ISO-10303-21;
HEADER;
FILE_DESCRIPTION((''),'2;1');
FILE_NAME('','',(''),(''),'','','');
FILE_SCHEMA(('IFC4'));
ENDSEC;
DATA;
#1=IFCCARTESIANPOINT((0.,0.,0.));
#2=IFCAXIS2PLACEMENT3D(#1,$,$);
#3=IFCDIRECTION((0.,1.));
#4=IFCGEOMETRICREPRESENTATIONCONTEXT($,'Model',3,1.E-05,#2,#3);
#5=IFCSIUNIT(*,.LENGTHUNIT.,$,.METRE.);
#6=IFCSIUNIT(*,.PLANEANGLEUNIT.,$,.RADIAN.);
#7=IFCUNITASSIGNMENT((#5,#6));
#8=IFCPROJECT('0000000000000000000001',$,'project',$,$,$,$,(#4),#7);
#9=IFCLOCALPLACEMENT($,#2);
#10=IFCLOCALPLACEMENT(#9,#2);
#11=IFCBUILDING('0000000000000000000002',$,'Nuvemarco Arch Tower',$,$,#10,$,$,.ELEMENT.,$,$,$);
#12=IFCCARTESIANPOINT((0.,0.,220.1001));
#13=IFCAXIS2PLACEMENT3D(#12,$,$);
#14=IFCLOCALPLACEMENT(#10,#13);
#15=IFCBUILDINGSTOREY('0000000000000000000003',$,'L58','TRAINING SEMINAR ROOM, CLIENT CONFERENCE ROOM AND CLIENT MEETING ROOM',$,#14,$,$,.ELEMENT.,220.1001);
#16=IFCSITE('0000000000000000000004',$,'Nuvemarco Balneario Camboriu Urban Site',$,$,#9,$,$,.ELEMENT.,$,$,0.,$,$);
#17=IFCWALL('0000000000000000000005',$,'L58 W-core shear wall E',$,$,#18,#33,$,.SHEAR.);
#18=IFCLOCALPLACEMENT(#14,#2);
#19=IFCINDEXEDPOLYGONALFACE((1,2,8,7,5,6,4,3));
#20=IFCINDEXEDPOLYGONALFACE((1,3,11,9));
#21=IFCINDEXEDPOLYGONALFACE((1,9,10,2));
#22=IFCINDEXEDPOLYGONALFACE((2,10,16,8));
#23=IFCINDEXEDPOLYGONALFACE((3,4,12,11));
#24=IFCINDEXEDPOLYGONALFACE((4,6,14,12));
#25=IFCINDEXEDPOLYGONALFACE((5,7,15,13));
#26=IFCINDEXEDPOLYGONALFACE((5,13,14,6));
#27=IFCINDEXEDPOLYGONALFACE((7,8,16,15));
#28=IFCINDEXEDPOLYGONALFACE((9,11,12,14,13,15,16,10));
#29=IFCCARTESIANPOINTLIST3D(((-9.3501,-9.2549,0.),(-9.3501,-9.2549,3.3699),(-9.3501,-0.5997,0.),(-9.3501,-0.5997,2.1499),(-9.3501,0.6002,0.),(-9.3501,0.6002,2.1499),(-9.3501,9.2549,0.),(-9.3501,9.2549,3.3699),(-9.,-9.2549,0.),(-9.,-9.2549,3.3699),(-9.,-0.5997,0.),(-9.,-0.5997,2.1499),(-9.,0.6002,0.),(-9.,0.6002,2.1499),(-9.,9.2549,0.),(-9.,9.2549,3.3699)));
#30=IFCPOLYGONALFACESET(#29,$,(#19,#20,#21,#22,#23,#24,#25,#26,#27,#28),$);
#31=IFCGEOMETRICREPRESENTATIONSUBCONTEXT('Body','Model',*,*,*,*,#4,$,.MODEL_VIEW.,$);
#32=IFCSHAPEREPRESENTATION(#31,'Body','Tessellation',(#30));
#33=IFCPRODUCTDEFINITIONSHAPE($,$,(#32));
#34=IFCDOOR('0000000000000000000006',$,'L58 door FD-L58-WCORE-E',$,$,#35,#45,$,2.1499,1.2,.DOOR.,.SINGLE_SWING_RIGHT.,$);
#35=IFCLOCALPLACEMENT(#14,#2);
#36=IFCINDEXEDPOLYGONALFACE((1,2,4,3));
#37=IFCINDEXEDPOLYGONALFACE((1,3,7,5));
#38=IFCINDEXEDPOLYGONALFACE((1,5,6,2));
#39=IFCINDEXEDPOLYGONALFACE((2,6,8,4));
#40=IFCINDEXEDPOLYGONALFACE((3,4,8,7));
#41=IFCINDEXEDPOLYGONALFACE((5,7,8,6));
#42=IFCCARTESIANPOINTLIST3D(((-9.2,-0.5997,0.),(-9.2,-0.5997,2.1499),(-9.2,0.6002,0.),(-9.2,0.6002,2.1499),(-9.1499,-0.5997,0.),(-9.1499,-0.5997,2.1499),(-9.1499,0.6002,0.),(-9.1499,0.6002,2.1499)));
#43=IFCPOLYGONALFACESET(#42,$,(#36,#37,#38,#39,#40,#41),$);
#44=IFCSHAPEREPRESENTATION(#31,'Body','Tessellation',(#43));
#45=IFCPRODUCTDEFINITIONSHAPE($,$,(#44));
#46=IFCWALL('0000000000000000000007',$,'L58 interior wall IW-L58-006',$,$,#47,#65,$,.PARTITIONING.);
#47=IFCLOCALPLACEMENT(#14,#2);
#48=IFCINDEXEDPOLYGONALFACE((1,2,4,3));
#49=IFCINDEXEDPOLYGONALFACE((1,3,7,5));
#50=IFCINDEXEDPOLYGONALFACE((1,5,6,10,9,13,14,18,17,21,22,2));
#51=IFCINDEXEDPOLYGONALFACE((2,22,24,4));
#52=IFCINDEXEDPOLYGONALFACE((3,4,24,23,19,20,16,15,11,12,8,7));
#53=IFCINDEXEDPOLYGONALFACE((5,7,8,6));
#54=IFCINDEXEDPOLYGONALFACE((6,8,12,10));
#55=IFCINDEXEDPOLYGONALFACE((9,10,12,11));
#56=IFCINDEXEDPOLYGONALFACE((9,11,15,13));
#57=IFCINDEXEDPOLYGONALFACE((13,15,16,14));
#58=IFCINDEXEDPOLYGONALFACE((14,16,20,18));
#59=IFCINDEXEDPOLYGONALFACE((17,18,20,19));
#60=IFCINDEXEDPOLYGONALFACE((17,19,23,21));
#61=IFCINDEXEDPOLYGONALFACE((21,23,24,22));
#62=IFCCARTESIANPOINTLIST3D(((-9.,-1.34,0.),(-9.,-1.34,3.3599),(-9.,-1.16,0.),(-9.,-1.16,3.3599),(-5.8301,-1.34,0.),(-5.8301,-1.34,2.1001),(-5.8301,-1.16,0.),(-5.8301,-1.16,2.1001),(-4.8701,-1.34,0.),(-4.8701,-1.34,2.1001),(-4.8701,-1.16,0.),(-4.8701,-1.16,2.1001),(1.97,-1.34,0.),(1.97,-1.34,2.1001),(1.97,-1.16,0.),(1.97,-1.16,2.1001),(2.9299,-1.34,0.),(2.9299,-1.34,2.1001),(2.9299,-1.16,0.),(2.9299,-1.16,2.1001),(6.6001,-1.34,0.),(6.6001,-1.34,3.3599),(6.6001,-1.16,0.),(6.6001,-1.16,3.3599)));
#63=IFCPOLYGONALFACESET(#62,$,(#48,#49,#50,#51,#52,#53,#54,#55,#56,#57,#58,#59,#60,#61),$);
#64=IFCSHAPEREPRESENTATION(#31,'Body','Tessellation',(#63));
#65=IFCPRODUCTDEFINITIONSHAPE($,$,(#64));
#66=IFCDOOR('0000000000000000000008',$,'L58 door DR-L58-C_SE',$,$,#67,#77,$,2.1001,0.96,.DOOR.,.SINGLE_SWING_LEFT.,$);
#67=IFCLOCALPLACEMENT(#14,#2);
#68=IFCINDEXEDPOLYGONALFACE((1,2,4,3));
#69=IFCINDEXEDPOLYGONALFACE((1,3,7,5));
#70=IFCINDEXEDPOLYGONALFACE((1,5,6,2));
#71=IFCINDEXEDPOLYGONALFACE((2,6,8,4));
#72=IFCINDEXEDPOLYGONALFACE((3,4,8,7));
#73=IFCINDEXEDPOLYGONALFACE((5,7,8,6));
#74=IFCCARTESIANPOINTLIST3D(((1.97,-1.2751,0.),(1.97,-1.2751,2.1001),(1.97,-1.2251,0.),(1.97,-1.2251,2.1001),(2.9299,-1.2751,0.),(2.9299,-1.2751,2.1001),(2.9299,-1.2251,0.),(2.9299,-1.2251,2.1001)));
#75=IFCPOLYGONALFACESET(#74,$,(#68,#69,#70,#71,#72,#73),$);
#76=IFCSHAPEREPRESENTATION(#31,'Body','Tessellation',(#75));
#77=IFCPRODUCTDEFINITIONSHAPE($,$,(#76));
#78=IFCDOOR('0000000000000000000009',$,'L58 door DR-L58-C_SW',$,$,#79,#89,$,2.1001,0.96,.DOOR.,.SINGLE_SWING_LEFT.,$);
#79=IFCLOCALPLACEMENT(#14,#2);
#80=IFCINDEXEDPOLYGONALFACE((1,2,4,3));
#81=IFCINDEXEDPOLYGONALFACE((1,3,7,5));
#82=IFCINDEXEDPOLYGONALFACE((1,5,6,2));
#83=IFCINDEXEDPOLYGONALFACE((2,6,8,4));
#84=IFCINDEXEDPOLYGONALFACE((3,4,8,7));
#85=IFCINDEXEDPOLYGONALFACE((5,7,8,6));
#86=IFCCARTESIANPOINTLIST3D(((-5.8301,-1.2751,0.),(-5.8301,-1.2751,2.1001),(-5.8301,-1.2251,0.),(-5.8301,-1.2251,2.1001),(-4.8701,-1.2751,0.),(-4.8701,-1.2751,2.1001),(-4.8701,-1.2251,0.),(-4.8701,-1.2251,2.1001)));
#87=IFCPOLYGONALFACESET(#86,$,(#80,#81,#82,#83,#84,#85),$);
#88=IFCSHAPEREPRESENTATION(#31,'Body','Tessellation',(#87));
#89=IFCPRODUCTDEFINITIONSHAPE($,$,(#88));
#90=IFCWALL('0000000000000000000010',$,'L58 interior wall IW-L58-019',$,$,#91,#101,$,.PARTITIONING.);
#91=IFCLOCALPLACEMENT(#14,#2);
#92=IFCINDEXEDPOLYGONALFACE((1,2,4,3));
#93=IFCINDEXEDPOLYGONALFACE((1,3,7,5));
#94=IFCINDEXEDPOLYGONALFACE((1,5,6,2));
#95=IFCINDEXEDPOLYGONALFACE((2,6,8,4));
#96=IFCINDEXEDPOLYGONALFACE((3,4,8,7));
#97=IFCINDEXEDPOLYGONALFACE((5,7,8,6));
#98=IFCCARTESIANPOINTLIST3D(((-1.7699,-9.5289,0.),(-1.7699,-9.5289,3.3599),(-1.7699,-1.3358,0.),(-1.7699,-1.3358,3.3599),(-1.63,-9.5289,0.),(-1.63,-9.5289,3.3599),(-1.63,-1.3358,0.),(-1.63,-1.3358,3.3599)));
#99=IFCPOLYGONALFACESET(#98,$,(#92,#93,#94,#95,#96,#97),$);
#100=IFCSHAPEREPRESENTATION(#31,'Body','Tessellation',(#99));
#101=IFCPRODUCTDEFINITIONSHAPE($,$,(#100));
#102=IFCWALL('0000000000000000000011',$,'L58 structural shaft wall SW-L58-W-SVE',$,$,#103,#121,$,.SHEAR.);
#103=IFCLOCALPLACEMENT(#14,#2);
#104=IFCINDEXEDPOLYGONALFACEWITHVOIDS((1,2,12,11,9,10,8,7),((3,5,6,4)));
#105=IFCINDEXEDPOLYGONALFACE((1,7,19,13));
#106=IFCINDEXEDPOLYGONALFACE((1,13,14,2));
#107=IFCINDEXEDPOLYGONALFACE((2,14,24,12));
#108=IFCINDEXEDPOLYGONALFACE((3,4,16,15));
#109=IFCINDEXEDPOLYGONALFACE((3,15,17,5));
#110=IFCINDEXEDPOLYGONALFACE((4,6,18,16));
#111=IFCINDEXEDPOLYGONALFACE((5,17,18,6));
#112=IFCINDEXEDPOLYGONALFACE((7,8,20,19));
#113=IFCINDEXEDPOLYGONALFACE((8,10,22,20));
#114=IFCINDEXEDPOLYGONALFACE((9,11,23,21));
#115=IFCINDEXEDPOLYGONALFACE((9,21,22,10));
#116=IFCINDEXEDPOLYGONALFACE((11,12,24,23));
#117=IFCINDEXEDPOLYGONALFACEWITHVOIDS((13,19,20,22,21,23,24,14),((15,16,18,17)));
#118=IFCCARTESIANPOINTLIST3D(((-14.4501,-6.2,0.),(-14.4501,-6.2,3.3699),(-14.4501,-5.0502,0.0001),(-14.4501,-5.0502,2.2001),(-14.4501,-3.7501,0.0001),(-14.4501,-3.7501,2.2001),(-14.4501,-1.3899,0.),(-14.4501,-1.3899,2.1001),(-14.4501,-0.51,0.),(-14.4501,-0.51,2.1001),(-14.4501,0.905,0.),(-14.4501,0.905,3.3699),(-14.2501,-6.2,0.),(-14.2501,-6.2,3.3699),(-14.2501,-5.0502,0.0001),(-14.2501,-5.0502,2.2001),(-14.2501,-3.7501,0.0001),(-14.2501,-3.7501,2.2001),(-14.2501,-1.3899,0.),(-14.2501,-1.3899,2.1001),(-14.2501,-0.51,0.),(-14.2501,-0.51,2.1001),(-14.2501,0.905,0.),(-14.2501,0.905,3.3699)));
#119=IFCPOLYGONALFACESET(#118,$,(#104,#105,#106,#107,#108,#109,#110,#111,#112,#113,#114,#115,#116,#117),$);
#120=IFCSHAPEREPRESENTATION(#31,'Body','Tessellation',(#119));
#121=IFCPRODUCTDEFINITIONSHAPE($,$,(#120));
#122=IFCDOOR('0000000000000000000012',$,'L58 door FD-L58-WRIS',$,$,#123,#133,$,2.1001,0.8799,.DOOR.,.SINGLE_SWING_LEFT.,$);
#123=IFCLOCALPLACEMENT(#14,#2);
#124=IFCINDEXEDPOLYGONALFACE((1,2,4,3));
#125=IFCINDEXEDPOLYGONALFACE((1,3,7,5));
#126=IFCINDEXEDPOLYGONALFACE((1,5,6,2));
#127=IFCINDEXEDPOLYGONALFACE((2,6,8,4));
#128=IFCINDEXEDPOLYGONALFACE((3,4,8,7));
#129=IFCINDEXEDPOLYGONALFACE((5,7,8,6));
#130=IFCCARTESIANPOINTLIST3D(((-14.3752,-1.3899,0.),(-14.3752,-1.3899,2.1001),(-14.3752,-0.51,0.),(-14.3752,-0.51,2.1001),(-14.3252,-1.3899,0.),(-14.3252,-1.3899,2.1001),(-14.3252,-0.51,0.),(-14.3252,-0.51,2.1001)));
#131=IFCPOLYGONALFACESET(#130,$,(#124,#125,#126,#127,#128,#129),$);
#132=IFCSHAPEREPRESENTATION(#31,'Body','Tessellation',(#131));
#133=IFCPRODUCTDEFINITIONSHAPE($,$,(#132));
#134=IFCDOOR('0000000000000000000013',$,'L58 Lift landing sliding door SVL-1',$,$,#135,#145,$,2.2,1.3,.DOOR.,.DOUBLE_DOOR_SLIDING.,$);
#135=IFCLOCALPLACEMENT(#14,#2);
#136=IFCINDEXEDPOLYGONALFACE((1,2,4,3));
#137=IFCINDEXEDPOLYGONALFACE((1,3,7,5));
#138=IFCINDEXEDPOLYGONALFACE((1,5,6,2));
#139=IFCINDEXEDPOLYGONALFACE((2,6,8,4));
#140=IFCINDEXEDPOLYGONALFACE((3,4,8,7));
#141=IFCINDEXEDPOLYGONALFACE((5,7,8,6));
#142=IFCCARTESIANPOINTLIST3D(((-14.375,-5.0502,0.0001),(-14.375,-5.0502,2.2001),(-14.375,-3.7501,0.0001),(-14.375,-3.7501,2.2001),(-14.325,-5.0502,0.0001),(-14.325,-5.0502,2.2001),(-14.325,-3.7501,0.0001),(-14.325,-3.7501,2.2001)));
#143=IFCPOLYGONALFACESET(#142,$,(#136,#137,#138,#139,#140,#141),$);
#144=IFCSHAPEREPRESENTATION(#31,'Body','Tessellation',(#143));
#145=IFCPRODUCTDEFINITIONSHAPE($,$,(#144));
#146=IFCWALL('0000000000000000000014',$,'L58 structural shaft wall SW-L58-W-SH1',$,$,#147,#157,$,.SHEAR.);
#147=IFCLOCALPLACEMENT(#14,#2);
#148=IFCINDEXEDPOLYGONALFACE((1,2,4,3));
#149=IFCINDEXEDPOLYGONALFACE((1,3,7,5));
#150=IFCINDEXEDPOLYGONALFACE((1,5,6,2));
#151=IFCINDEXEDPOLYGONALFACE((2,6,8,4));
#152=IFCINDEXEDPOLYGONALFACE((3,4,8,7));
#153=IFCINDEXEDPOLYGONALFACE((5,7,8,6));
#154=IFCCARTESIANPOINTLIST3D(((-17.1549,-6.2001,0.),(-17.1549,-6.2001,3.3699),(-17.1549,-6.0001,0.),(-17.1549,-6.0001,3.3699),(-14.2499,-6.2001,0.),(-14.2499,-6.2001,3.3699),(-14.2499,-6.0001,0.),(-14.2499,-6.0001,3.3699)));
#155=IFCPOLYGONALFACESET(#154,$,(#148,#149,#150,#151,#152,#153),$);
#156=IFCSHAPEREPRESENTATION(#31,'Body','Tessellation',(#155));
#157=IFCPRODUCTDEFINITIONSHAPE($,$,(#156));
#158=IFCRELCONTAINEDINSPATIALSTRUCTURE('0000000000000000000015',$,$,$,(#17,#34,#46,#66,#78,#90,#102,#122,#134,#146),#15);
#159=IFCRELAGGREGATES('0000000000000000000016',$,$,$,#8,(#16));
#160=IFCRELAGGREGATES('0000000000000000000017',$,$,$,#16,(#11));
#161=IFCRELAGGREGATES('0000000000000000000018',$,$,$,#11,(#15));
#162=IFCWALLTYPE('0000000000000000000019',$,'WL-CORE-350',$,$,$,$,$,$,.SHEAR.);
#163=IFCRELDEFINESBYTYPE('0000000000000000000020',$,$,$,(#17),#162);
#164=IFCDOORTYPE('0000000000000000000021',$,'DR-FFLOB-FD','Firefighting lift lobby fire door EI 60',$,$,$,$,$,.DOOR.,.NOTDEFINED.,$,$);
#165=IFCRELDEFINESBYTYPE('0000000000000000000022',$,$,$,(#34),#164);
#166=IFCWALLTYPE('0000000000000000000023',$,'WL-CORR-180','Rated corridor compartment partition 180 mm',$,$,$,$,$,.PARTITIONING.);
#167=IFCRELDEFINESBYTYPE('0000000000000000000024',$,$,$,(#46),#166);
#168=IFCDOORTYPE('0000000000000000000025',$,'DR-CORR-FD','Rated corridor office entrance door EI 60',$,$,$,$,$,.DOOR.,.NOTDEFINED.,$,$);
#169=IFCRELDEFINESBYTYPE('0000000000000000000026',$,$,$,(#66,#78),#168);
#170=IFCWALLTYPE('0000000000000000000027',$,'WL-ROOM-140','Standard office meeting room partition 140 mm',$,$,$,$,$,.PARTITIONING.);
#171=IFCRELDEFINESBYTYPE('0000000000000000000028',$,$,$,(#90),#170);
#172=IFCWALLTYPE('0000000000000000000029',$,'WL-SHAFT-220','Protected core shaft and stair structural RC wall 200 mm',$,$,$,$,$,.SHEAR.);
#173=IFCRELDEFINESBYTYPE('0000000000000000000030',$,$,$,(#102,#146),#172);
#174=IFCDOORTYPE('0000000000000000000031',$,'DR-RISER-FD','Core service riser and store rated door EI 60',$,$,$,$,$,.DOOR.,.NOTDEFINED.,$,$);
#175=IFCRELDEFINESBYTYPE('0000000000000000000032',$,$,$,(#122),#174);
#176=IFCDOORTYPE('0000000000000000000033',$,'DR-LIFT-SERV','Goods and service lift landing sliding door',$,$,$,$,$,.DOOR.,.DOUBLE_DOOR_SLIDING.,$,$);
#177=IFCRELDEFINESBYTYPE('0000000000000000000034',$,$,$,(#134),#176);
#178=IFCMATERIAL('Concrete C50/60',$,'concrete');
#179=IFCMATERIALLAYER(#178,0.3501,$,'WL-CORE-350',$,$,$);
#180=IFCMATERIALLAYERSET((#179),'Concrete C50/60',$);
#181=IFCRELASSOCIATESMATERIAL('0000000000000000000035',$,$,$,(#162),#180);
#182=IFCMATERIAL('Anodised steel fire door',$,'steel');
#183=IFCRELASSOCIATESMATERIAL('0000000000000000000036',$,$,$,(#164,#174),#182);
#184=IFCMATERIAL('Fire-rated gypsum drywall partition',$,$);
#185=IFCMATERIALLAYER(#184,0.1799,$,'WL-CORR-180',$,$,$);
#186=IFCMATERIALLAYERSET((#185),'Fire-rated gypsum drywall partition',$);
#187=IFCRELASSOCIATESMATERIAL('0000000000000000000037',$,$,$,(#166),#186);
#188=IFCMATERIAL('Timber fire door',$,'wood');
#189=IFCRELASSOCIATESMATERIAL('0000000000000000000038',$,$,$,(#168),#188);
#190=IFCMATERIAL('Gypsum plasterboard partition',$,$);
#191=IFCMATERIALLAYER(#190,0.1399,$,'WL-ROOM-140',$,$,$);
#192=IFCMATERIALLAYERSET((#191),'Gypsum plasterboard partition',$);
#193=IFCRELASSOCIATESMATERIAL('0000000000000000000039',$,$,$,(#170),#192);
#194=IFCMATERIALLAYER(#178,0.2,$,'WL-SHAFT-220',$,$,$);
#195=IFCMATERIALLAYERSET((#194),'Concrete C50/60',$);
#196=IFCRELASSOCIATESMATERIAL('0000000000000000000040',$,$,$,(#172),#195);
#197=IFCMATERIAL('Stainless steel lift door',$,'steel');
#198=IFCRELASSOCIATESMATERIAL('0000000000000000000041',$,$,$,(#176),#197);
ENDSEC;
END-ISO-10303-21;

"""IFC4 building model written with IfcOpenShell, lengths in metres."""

from ifc_helpers import new_model, si_unit, direction, frame, frame_2d, origin, place, context, subcontext, project, spatial, rectangle, extrude, source, transform, mapped, material, layer, layer_set, type_object, type_shapes, element, fill, save


model = new_model("IFC4")

# Units and contexts
model_context = context("Model", 3, precision=1e-05, world=origin(), true_north=direction((0.0, 1.0)))
body_context = subcontext(model_context, "Body", "Model", "MODEL_VIEW")
ifc_project = project(units=[si_unit("LENGTHUNIT", "METRE"), si_unit("PLANEANGLEUNIT", "RADIAN")], contexts=[model_context])

# Site, building, storey
site_placement = place(None, origin())
site = spatial("IfcSite", under=ifc_project, at=site_placement, Name="Nuvemarco Balneario Camboriu Urban Site", CompositionType="ELEMENT", RefElevation=0.0)
building_placement = place(site_placement, origin())
building = spatial("IfcBuilding", under=site, at=building_placement, Name="Nuvemarco Arch Tower", CompositionType="ELEMENT")
storey_placement = place(building_placement, frame((0.0, 0.0, 220.1001)))
storey = spatial("IfcBuildingStorey", under=building, at=storey_placement, Name="L58", Description="TRAINING SEMINAR ROOM, CLIENT CONFERENCE ROOM AND CLIENT MEETING ROOM", CompositionType="ELEMENT", Elevation=220.1001)

# Shared definitions
ifc_material_1 = material(Name="Concrete C50/60", Category="concrete")

# Shared definitions
ifc_layer_1 = layer(ifc_material_1, 0.3501, Name="WL-CORE-350")
ifc_layer_set_1 = layer_set([ifc_layer_1], Name="Concrete C50/60")
wall_type_1 = type_object("IfcWallType", Name="WL-CORE-350", PredefinedType="SHEAR", material=ifc_layer_set_1)

# Wall, opening, door
wall_1_placement = place(storey_placement, frame((-9.175, -9.2549, 0.0), z_axis=(0.0, 0.0, 1.0), x_axis=(0.0, 1.0, 0.0)))
wall_1 = element("IfcWall", 1, at=wall_1_placement, inside=storey, type_object=wall_type_1, Name="L58 W-core shear wall E", PredefinedType="SHEAR", context=body_context, shape_type="SweptSolid", body=[
    extrude(rectangle(XDim=18.5098, YDim=0.3501, at=frame_2d((9.2549, 0.0))), origin(), (0.0, 0.0, 1.0), 3.3699),
])
opening_1_placement = place(wall_1_placement, frame((8.655, 0.0, 0.0)))
opening_1 = element("IfcOpeningElement", 2, at=opening_1_placement, cuts=wall_1, PredefinedType="OPENING", context=body_context, shape_type="SweptSolid", body=[
    extrude(rectangle(XDim=1.2, YDim=2.1499, at=frame_2d((0.6001, 1.075))), frame((0.0, 0.1851, 0.0), z_axis=(0.0, -1.0, 0.0), x_axis=(1.0, 0.0, 0.0)), (0.0, 0.0, 1.0), 0.3701),
])
ifc_material_2 = material(Name="Anodised steel fire door", Category="steel")
door_type_1 = type_object("IfcDoorType", Name="DR-FFLOB-FD", Description="Firefighting lift lobby fire door EI 60", OperationType="NOTDEFINED", PredefinedType="DOOR", material=ifc_material_2)
shared_shape_1 = source(origin(), body_context, "Body", "SweptSolid", [
    extrude(rectangle(XDim=1.2, YDim=2.1499, at=frame_2d((0.6001, 1.075))), frame((0.0, 0.0249, 0.0), z_axis=(0.0, -1.0, 0.0), x_axis=(1.0, 0.0, 0.0)), (0.0, 0.0, 1.0), 0.05),
])
type_shapes(door_type_1, [shared_shape_1])
door_1_placement = place(opening_1_placement, origin())
door_1 = element("IfcDoor", 3, at=door_1_placement, inside=storey, type_object=door_type_1, Name="L58 door FD-L58-WCORE-E", OperationType="SINGLE_SWING_RIGHT", OverallHeight=2.1499, OverallWidth=1.2, PredefinedType="DOOR", context=body_context, shape_type="MappedRepresentation", body=[
    mapped(shared_shape_1, transform((0.0, 0.0, 0.0), scale=1.0)),
])
fill(opening_1, door_1)

# Wall, openings, doors
ifc_material_3 = material(Name="Fire-rated gypsum drywall partition")
ifc_layer_2 = layer(ifc_material_3, 0.1799, Name="WL-CORR-180")
ifc_layer_set_2 = layer_set([ifc_layer_2], Name="Fire-rated gypsum drywall partition")
wall_type_2 = type_object("IfcWallType", Name="WL-CORR-180", Description="Rated corridor compartment partition 180 mm", PredefinedType="PARTITIONING", material=ifc_layer_set_2)
wall_2_placement = place(storey_placement, frame((-9.0, -1.25, 0.0), z_axis=(0.0, 0.0, 1.0), x_axis=(1.0, 0.0, 0.0)))
wall_2 = element("IfcWall", 4, at=wall_2_placement, inside=storey, type_object=wall_type_2, Name="L58 interior wall IW-L58-006", PredefinedType="PARTITIONING", context=body_context, shape_type="SweptSolid", body=[
    extrude(rectangle(XDim=15.6001, YDim=0.1799, at=frame_2d((7.8, 0.0))), origin(), (0.0, 0.0, 1.0), 3.3599),
])
opening_2_placement = place(wall_2_placement, frame((10.97, 0.0, 0.0)))
opening_2 = element("IfcOpeningElement", 5, at=opening_2_placement, cuts=wall_2, PredefinedType="OPENING", context=body_context, shape_type="SweptSolid", body=[
    extrude(rectangle(XDim=0.96, YDim=2.1001, at=frame_2d((0.48, 1.05))), frame((0.0, 0.0999, 0.0), z_axis=(0.0, -1.0, 0.0), x_axis=(1.0, 0.0, 0.0)), (0.0, 0.0, 1.0), 0.2),
])
opening_3_placement = place(wall_2_placement, frame((3.1699, 0.0, 0.0)))
opening_3 = element("IfcOpeningElement", 6, at=opening_3_placement, cuts=wall_2, PredefinedType="OPENING", context=body_context, shape_type="SweptSolid", body=[
    extrude(rectangle(XDim=0.96, YDim=2.1001, at=frame_2d((0.48, 1.05))), frame((0.0, 0.0999, 0.0), z_axis=(0.0, -1.0, 0.0), x_axis=(1.0, 0.0, 0.0)), (0.0, 0.0, 1.0), 0.2),
])
ifc_material_4 = material(Name="Timber fire door", Category="wood")
door_type_2 = type_object("IfcDoorType", Name="DR-CORR-FD", Description="Rated corridor office entrance door EI 60", OperationType="NOTDEFINED", PredefinedType="DOOR", material=ifc_material_4)
shared_shape_2 = source(origin(), body_context, "Body", "SweptSolid", [
    extrude(rectangle(XDim=0.96, YDim=2.1001, at=frame_2d((0.48, 1.05))), frame((0.0, 0.0249, 0.0), z_axis=(0.0, -1.0, 0.0), x_axis=(1.0, 0.0, 0.0)), (0.0, 0.0, 1.0), 0.05),
])
type_shapes(door_type_2, [shared_shape_2])
door_2_placement = place(opening_2_placement, origin())
door_2 = element("IfcDoor", 7, at=door_2_placement, inside=storey, type_object=door_type_2, Name="L58 door DR-L58-C_SE", OperationType="SINGLE_SWING_LEFT", OverallHeight=2.1001, OverallWidth=0.96, PredefinedType="DOOR", context=body_context, shape_type="MappedRepresentation", body=[
    mapped(shared_shape_2, transform((0.0, 0.0, 0.0), scale=1.0)),
])
fill(opening_2, door_2)
door_3_placement = place(opening_3_placement, origin())
door_3 = element("IfcDoor", 8, at=door_3_placement, inside=storey, type_object=door_type_2, Name="L58 door DR-L58-C_SW", OperationType="SINGLE_SWING_LEFT", OverallHeight=2.1001, OverallWidth=0.96, PredefinedType="DOOR", context=body_context, shape_type="MappedRepresentation", body=[
    mapped(shared_shape_2, transform((0.0, 0.0, 0.0), scale=1.0)),
])
fill(opening_3, door_3)

# Wall
ifc_material_5 = material(Name="Gypsum plasterboard partition")
ifc_layer_3 = layer(ifc_material_5, 0.1399, Name="WL-ROOM-140")
ifc_layer_set_3 = layer_set([ifc_layer_3], Name="Gypsum plasterboard partition")
wall_type_3 = type_object("IfcWallType", Name="WL-ROOM-140", Description="Standard office meeting room partition 140 mm", PredefinedType="PARTITIONING", material=ifc_layer_set_3)
wall_3_placement = place(storey_placement, frame((-1.7, -9.5291, 0.0), z_axis=(0.0, 0.0, 1.0), x_axis=(0.0, 1.0, 0.0)))
element("IfcWall", 9, at=wall_3_placement, inside=storey, type_object=wall_type_3, Name="L58 interior wall IW-L58-019", PredefinedType="PARTITIONING", context=body_context, shape_type="SweptSolid", body=[
    extrude(rectangle(XDim=8.1931, YDim=0.1399, at=frame_2d((4.0967, 0.0))), origin(), (0.0, 0.0, 1.0), 3.3599),
])

# Shared definitions
ifc_layer_4 = layer(ifc_material_1, 0.2, Name="WL-SHAFT-220")
ifc_layer_set_4 = layer_set([ifc_layer_4], Name="Concrete C50/60")
wall_type_4 = type_object("IfcWallType", Name="WL-SHAFT-220", Description="Protected core shaft and stair structural RC wall 200 mm", PredefinedType="SHEAR", material=ifc_layer_set_4)
ifc_material_6 = material(Name="Stainless steel lift door", Category="steel")

# Wall, openings, doors
wall_4_placement = place(storey_placement, frame((-14.3501, -6.2, 0.0), z_axis=(0.0, 0.0, 1.0), x_axis=(0.0, 1.0, 0.0)))
wall_4 = element("IfcWall", 10, at=wall_4_placement, inside=storey, type_object=wall_type_4, Name="L58 structural shaft wall SW-L58-W-SVE", PredefinedType="SHEAR", context=body_context, shape_type="SweptSolid", body=[
    extrude(rectangle(XDim=7.105, YDim=0.2, at=frame_2d((3.5525, 0.0))), origin(), (0.0, 0.0, 1.0), 3.3699),
])
opening_4_placement = place(wall_4_placement, frame((5.6899, 0.0, 0.0), z_axis=(0.0, 0.0, 1.0), x_axis=(-1.0, 0.0, 0.0)))
opening_4 = element("IfcOpeningElement", 11, at=opening_4_placement, cuts=wall_4, PredefinedType="OPENING", context=body_context, shape_type="SweptSolid", body=[
    extrude(rectangle(XDim=0.8799, YDim=2.1001, at=frame_2d((0.4399, 1.05))), frame((0.0, 0.1099, 0.0), z_axis=(0.0, -1.0, 0.0), x_axis=(1.0, 0.0, 0.0)), (0.0, 0.0, 1.0), 0.22),
])
opening_5_placement = place(wall_4_placement, frame((1.1499, 0.0, 0.0)))
opening_5 = element("IfcOpeningElement", 12, at=opening_5_placement, cuts=wall_4, PredefinedType="OPENING", context=body_context, shape_type="SweptSolid", body=[
    extrude(rectangle(XDim=1.3, YDim=2.2, at=frame_2d((0.6499, 1.1001))), frame((0.0, 0.1099, 0.0), z_axis=(0.0, -1.0, 0.0), x_axis=(1.0, 0.0, 0.0)), (0.0, 0.0, 1.0), 0.22),
])
door_type_3 = type_object("IfcDoorType", Name="DR-RISER-FD", Description="Core service riser and store rated door EI 60", OperationType="NOTDEFINED", PredefinedType="DOOR", material=ifc_material_2)
shared_shape_3 = source(origin(), body_context, "Body", "SweptSolid", [
    extrude(rectangle(XDim=0.8799, YDim=2.1001, at=frame_2d((0.4399, 1.05))), frame((0.0, 0.0249, 0.0), z_axis=(0.0, -1.0, 0.0), x_axis=(1.0, 0.0, 0.0)), (0.0, 0.0, 1.0), 0.05),
])
type_shapes(door_type_3, [shared_shape_3])
door_4_placement = place(opening_4_placement, origin())
door_4 = element("IfcDoor", 13, at=door_4_placement, inside=storey, type_object=door_type_3, Name="L58 door FD-L58-WRIS", OperationType="SINGLE_SWING_LEFT", OverallHeight=2.1001, OverallWidth=0.8799, PredefinedType="DOOR", context=body_context, shape_type="MappedRepresentation", body=[
    mapped(shared_shape_3, transform((0.0, 0.0, 0.0), scale=1.0)),
])
fill(opening_4, door_4)
door_type_4 = type_object("IfcDoorType", Name="DR-LIFT-SERV", Description="Goods and service lift landing sliding door", OperationType="DOUBLE_DOOR_SLIDING", PredefinedType="DOOR", material=ifc_material_6)
shared_shape_4 = source(origin(), body_context, "Body", "SweptSolid", [
    extrude(rectangle(XDim=1.3, YDim=2.2, at=frame_2d((0.6499, 1.1001))), frame((0.0, 0.0249, 0.0), z_axis=(0.0, -1.0, 0.0), x_axis=(1.0, 0.0, 0.0)), (0.0, 0.0, 1.0), 0.05),
])
type_shapes(door_type_4, [shared_shape_4])
door_5_placement = place(opening_5_placement, origin())
door_5 = element("IfcDoor", 14, at=door_5_placement, inside=storey, type_object=door_type_4, Name="L58 Lift landing sliding door SVL-1", OperationType="DOUBLE_DOOR_SLIDING", OverallHeight=2.2, OverallWidth=1.3, PredefinedType="DOOR", context=body_context, shape_type="MappedRepresentation", body=[
    mapped(shared_shape_4, transform((0.0, 0.0, 0.0), scale=1.0)),
])
fill(opening_5, door_5)

# Wall
wall_5_placement = place(storey_placement, frame((-17.155, -6.1001, 0.0), z_axis=(0.0, 0.0, 1.0), x_axis=(1.0, 0.0, 0.0)))
element("IfcWall", 15, at=wall_5_placement, inside=storey, type_object=wall_type_4, Name="L58 structural shaft wall SW-L58-W-SH1", PredefinedType="SHEAR", context=body_context, shape_type="SweptSolid", body=[
    extrude(rectangle(XDim=2.905, YDim=0.2, at=frame_2d((1.4526, 0.0))), origin(), (0.0, 0.0, 1.0), 3.3699),
])

save(model, "model.ifc")
